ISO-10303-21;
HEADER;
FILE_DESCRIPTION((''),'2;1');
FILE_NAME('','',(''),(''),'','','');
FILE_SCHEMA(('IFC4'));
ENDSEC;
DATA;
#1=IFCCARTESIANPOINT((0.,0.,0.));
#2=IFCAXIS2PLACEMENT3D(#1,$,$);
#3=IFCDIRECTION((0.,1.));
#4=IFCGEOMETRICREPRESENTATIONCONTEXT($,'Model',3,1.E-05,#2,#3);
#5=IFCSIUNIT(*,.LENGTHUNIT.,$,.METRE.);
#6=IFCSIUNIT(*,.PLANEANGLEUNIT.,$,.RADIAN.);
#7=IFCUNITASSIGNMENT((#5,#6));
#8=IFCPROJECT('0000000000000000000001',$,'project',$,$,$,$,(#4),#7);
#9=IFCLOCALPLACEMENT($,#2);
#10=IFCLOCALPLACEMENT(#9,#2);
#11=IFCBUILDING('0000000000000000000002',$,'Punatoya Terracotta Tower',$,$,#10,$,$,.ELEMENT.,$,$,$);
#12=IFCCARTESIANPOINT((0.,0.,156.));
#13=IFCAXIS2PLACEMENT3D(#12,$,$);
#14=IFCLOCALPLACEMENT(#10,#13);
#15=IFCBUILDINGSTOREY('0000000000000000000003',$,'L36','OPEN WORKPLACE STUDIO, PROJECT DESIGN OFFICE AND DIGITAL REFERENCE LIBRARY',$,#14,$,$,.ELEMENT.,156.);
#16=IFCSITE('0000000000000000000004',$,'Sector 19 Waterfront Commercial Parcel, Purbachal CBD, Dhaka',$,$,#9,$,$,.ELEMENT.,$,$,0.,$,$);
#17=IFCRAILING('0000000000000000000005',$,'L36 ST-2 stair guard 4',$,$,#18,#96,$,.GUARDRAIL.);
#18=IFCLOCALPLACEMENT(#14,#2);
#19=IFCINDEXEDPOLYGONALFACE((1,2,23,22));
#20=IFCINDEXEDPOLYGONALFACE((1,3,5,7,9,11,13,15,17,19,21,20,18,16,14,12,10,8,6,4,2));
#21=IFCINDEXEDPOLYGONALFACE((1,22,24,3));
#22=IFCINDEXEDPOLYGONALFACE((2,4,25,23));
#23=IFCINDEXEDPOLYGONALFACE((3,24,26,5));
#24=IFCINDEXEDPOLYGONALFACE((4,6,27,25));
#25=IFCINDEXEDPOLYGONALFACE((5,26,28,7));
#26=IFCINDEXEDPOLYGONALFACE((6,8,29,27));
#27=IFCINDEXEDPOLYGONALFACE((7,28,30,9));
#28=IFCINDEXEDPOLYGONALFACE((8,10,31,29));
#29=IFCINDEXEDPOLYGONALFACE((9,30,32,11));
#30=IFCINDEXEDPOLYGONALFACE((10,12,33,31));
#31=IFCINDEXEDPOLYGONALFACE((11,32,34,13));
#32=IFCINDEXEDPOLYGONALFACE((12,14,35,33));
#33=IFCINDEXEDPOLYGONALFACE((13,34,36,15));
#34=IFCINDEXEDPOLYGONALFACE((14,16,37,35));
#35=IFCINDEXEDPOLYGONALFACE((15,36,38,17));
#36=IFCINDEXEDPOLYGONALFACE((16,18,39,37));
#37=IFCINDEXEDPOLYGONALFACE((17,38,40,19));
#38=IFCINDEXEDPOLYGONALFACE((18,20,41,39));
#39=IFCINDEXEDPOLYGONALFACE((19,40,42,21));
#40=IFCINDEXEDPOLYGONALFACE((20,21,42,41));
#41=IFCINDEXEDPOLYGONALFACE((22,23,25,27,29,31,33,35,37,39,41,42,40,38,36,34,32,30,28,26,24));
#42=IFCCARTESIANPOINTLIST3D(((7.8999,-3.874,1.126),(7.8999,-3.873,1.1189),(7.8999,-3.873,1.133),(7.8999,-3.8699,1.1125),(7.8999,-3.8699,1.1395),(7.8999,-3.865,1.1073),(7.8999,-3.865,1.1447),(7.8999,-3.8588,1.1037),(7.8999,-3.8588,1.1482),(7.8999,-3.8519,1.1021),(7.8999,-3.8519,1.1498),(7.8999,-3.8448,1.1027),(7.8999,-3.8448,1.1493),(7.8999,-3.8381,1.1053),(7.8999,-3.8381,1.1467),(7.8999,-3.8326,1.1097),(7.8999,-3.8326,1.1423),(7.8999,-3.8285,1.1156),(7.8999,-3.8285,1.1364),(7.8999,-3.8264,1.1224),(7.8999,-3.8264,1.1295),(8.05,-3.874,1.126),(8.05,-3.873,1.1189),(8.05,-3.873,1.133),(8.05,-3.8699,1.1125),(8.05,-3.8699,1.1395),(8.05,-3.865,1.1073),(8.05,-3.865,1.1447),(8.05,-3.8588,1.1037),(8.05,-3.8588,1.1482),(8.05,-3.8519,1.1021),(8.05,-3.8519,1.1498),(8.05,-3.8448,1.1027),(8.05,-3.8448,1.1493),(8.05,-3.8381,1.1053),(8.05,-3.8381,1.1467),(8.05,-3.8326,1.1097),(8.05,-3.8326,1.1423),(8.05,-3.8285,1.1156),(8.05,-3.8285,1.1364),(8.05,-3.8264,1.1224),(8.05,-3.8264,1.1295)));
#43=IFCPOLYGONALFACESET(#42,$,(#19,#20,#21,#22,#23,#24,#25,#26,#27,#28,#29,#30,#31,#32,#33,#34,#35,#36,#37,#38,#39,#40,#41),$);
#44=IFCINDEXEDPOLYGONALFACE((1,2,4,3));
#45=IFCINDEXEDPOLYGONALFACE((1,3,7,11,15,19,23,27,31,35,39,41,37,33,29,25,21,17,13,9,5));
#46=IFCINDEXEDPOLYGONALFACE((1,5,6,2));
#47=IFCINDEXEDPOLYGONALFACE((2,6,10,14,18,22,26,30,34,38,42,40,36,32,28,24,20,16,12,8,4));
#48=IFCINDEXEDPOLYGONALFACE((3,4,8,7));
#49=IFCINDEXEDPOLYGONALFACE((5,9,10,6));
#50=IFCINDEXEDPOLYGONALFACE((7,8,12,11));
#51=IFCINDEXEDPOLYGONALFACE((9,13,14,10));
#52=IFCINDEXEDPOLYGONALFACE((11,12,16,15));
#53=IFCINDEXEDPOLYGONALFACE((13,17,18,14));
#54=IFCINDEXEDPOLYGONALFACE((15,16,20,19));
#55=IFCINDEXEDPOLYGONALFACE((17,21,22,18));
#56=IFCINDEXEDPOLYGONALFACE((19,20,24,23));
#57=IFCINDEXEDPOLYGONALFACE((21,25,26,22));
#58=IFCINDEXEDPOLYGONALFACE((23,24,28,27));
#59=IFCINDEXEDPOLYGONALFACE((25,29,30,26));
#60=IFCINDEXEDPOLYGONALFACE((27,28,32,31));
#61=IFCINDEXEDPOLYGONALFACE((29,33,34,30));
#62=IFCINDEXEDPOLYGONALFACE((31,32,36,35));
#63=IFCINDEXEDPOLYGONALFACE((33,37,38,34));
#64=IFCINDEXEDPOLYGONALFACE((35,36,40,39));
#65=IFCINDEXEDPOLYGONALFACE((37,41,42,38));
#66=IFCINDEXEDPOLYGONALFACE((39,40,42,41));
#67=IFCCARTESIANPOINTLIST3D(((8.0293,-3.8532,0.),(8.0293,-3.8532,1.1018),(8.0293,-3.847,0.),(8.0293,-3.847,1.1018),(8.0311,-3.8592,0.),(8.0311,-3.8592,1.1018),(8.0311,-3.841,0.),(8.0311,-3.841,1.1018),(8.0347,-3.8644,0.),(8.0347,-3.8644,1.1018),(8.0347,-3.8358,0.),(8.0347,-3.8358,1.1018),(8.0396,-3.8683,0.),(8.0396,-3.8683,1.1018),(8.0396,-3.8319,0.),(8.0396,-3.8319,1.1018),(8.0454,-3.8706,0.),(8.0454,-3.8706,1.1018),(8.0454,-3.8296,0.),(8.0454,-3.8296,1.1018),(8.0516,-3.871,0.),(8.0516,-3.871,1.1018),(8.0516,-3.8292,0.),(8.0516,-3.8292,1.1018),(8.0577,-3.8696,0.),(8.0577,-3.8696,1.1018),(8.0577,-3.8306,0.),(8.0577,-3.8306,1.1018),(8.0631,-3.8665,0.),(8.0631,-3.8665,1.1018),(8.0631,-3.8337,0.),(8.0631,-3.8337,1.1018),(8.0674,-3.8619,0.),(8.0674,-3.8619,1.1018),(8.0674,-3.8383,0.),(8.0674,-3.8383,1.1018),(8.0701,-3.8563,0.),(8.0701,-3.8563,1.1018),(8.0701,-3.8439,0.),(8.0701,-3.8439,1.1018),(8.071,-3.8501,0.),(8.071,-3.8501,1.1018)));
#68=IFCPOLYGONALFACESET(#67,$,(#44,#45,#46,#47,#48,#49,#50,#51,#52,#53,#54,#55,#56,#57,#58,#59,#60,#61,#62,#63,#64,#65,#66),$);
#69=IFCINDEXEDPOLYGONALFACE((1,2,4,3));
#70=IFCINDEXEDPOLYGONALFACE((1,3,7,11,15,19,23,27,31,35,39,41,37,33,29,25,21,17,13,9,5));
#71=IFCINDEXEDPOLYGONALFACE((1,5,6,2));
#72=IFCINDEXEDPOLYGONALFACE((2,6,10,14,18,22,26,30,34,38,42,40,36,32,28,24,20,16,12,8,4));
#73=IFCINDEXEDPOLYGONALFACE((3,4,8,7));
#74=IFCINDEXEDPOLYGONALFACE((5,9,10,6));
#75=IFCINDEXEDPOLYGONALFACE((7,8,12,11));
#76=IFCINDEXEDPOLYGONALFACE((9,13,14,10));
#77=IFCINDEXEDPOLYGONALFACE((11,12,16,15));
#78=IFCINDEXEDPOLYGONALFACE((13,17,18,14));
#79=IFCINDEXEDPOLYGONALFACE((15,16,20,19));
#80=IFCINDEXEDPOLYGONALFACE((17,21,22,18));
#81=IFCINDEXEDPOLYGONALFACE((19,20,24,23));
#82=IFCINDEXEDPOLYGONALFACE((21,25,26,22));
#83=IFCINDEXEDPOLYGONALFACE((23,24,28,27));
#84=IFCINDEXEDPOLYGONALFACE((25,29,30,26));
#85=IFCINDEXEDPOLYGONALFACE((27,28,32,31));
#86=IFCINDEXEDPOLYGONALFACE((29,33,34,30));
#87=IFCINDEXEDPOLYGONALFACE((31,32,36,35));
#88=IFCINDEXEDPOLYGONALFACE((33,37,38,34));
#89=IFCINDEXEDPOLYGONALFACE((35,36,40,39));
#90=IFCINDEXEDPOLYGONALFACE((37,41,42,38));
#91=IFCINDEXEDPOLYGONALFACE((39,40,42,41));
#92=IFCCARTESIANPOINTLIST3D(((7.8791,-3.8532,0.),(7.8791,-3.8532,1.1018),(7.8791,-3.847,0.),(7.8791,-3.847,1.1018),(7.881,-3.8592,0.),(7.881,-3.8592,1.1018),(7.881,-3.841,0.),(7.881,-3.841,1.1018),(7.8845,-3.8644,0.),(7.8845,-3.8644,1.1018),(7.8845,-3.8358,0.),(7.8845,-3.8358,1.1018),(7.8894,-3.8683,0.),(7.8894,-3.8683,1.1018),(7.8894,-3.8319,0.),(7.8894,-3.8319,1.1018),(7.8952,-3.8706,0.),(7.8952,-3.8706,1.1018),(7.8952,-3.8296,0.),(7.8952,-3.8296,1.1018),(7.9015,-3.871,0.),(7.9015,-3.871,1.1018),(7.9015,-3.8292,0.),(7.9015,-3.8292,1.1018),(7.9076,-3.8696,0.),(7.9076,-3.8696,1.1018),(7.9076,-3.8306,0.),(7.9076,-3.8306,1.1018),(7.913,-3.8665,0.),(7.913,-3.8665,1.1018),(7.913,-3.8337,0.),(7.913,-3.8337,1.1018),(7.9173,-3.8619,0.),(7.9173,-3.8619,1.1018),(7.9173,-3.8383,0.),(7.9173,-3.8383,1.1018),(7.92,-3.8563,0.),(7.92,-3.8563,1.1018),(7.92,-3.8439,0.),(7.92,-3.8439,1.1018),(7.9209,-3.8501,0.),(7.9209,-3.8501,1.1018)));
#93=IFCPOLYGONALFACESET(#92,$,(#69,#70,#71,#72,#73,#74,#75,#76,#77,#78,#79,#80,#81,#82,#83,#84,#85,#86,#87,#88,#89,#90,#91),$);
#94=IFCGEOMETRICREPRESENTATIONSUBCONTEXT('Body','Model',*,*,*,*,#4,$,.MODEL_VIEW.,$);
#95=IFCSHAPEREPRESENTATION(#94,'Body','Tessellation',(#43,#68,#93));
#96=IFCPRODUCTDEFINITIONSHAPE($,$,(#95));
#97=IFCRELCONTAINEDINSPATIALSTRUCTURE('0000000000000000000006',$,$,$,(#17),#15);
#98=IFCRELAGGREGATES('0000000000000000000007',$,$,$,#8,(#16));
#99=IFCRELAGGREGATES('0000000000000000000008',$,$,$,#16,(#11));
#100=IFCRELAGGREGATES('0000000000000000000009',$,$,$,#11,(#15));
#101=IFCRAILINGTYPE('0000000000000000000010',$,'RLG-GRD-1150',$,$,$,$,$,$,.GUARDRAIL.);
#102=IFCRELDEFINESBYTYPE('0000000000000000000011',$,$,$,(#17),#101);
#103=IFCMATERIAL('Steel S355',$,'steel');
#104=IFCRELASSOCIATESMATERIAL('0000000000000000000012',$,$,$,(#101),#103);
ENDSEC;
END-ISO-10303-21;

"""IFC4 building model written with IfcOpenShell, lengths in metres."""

from ifc_helpers import new_model, si_unit, direction, frame, origin, origin_2d, place, context, subcontext, project, spatial, circle, extrude, material, type_object, element, save


model = new_model("IFC4")

# Units and contexts
model_context = context("Model", 3, precision=1e-05, world=origin(), true_north=direction((0.0, 1.0)))
body_context = subcontext(model_context, "Body", "Model", "MODEL_VIEW")
ifc_project = project(units=[si_unit("LENGTHUNIT", "METRE"), si_unit("PLANEANGLEUNIT", "RADIAN")], contexts=[model_context])

# Site, building, storey
site_placement = place(None, origin())
site = spatial("IfcSite", under=ifc_project, at=site_placement, Name="Sector 19 Waterfront Commercial Parcel, Purbachal CBD, Dhaka", CompositionType="ELEMENT", RefElevation=0.0)
building_placement = place(site_placement, origin())
building = spatial("IfcBuilding", under=site, at=building_placement, Name="Punatoya Terracotta Tower", CompositionType="ELEMENT")
storey_placement = place(building_placement, frame((0.0, 0.0, 156.0)))
storey = spatial("IfcBuildingStorey", under=building, at=storey_placement, Name="L36", Description="OPEN WORKPLACE STUDIO, PROJECT DESIGN OFFICE AND DIGITAL REFERENCE LIBRARY", CompositionType="ELEMENT", Elevation=156.0)

# Railing
ifc_material_1 = material(Name="Steel S355", Category="steel")
railing_type = type_object("IfcRailingType", Name="RLG-GRD-1150", PredefinedType="GUARDRAIL", material=ifc_material_1)
railing_1_placement = place(storey_placement, frame((8.05, -3.8501, 0.0)))
element("IfcRailing", 1, at=railing_1_placement, inside=storey, type_object=railing_type, Name="L36 ST-2 stair guard 4", PredefinedType="GUARDRAIL", context=body_context, shape_type="SweptSolid", body=[
    extrude(circle(Radius=0.0239, at=origin_2d()), frame((0.0, 0.0, 1.126), z_axis=(-1.0, 0.0, 0.0), x_axis=(0.0, -1.0, 0.0)), (0.0, 0.0, 1.0), 0.1501),
    extrude(circle(Radius=0.021, at=origin_2d()), origin(), (0.0, 0.0, 1.0), 1.1018),
    extrude(circle(Radius=0.021, at=origin_2d()), frame((-0.1501, 0.0, 0.0)), (0.0, 0.0, 1.0), 1.1018),
])

save(model, "model.ifc")
